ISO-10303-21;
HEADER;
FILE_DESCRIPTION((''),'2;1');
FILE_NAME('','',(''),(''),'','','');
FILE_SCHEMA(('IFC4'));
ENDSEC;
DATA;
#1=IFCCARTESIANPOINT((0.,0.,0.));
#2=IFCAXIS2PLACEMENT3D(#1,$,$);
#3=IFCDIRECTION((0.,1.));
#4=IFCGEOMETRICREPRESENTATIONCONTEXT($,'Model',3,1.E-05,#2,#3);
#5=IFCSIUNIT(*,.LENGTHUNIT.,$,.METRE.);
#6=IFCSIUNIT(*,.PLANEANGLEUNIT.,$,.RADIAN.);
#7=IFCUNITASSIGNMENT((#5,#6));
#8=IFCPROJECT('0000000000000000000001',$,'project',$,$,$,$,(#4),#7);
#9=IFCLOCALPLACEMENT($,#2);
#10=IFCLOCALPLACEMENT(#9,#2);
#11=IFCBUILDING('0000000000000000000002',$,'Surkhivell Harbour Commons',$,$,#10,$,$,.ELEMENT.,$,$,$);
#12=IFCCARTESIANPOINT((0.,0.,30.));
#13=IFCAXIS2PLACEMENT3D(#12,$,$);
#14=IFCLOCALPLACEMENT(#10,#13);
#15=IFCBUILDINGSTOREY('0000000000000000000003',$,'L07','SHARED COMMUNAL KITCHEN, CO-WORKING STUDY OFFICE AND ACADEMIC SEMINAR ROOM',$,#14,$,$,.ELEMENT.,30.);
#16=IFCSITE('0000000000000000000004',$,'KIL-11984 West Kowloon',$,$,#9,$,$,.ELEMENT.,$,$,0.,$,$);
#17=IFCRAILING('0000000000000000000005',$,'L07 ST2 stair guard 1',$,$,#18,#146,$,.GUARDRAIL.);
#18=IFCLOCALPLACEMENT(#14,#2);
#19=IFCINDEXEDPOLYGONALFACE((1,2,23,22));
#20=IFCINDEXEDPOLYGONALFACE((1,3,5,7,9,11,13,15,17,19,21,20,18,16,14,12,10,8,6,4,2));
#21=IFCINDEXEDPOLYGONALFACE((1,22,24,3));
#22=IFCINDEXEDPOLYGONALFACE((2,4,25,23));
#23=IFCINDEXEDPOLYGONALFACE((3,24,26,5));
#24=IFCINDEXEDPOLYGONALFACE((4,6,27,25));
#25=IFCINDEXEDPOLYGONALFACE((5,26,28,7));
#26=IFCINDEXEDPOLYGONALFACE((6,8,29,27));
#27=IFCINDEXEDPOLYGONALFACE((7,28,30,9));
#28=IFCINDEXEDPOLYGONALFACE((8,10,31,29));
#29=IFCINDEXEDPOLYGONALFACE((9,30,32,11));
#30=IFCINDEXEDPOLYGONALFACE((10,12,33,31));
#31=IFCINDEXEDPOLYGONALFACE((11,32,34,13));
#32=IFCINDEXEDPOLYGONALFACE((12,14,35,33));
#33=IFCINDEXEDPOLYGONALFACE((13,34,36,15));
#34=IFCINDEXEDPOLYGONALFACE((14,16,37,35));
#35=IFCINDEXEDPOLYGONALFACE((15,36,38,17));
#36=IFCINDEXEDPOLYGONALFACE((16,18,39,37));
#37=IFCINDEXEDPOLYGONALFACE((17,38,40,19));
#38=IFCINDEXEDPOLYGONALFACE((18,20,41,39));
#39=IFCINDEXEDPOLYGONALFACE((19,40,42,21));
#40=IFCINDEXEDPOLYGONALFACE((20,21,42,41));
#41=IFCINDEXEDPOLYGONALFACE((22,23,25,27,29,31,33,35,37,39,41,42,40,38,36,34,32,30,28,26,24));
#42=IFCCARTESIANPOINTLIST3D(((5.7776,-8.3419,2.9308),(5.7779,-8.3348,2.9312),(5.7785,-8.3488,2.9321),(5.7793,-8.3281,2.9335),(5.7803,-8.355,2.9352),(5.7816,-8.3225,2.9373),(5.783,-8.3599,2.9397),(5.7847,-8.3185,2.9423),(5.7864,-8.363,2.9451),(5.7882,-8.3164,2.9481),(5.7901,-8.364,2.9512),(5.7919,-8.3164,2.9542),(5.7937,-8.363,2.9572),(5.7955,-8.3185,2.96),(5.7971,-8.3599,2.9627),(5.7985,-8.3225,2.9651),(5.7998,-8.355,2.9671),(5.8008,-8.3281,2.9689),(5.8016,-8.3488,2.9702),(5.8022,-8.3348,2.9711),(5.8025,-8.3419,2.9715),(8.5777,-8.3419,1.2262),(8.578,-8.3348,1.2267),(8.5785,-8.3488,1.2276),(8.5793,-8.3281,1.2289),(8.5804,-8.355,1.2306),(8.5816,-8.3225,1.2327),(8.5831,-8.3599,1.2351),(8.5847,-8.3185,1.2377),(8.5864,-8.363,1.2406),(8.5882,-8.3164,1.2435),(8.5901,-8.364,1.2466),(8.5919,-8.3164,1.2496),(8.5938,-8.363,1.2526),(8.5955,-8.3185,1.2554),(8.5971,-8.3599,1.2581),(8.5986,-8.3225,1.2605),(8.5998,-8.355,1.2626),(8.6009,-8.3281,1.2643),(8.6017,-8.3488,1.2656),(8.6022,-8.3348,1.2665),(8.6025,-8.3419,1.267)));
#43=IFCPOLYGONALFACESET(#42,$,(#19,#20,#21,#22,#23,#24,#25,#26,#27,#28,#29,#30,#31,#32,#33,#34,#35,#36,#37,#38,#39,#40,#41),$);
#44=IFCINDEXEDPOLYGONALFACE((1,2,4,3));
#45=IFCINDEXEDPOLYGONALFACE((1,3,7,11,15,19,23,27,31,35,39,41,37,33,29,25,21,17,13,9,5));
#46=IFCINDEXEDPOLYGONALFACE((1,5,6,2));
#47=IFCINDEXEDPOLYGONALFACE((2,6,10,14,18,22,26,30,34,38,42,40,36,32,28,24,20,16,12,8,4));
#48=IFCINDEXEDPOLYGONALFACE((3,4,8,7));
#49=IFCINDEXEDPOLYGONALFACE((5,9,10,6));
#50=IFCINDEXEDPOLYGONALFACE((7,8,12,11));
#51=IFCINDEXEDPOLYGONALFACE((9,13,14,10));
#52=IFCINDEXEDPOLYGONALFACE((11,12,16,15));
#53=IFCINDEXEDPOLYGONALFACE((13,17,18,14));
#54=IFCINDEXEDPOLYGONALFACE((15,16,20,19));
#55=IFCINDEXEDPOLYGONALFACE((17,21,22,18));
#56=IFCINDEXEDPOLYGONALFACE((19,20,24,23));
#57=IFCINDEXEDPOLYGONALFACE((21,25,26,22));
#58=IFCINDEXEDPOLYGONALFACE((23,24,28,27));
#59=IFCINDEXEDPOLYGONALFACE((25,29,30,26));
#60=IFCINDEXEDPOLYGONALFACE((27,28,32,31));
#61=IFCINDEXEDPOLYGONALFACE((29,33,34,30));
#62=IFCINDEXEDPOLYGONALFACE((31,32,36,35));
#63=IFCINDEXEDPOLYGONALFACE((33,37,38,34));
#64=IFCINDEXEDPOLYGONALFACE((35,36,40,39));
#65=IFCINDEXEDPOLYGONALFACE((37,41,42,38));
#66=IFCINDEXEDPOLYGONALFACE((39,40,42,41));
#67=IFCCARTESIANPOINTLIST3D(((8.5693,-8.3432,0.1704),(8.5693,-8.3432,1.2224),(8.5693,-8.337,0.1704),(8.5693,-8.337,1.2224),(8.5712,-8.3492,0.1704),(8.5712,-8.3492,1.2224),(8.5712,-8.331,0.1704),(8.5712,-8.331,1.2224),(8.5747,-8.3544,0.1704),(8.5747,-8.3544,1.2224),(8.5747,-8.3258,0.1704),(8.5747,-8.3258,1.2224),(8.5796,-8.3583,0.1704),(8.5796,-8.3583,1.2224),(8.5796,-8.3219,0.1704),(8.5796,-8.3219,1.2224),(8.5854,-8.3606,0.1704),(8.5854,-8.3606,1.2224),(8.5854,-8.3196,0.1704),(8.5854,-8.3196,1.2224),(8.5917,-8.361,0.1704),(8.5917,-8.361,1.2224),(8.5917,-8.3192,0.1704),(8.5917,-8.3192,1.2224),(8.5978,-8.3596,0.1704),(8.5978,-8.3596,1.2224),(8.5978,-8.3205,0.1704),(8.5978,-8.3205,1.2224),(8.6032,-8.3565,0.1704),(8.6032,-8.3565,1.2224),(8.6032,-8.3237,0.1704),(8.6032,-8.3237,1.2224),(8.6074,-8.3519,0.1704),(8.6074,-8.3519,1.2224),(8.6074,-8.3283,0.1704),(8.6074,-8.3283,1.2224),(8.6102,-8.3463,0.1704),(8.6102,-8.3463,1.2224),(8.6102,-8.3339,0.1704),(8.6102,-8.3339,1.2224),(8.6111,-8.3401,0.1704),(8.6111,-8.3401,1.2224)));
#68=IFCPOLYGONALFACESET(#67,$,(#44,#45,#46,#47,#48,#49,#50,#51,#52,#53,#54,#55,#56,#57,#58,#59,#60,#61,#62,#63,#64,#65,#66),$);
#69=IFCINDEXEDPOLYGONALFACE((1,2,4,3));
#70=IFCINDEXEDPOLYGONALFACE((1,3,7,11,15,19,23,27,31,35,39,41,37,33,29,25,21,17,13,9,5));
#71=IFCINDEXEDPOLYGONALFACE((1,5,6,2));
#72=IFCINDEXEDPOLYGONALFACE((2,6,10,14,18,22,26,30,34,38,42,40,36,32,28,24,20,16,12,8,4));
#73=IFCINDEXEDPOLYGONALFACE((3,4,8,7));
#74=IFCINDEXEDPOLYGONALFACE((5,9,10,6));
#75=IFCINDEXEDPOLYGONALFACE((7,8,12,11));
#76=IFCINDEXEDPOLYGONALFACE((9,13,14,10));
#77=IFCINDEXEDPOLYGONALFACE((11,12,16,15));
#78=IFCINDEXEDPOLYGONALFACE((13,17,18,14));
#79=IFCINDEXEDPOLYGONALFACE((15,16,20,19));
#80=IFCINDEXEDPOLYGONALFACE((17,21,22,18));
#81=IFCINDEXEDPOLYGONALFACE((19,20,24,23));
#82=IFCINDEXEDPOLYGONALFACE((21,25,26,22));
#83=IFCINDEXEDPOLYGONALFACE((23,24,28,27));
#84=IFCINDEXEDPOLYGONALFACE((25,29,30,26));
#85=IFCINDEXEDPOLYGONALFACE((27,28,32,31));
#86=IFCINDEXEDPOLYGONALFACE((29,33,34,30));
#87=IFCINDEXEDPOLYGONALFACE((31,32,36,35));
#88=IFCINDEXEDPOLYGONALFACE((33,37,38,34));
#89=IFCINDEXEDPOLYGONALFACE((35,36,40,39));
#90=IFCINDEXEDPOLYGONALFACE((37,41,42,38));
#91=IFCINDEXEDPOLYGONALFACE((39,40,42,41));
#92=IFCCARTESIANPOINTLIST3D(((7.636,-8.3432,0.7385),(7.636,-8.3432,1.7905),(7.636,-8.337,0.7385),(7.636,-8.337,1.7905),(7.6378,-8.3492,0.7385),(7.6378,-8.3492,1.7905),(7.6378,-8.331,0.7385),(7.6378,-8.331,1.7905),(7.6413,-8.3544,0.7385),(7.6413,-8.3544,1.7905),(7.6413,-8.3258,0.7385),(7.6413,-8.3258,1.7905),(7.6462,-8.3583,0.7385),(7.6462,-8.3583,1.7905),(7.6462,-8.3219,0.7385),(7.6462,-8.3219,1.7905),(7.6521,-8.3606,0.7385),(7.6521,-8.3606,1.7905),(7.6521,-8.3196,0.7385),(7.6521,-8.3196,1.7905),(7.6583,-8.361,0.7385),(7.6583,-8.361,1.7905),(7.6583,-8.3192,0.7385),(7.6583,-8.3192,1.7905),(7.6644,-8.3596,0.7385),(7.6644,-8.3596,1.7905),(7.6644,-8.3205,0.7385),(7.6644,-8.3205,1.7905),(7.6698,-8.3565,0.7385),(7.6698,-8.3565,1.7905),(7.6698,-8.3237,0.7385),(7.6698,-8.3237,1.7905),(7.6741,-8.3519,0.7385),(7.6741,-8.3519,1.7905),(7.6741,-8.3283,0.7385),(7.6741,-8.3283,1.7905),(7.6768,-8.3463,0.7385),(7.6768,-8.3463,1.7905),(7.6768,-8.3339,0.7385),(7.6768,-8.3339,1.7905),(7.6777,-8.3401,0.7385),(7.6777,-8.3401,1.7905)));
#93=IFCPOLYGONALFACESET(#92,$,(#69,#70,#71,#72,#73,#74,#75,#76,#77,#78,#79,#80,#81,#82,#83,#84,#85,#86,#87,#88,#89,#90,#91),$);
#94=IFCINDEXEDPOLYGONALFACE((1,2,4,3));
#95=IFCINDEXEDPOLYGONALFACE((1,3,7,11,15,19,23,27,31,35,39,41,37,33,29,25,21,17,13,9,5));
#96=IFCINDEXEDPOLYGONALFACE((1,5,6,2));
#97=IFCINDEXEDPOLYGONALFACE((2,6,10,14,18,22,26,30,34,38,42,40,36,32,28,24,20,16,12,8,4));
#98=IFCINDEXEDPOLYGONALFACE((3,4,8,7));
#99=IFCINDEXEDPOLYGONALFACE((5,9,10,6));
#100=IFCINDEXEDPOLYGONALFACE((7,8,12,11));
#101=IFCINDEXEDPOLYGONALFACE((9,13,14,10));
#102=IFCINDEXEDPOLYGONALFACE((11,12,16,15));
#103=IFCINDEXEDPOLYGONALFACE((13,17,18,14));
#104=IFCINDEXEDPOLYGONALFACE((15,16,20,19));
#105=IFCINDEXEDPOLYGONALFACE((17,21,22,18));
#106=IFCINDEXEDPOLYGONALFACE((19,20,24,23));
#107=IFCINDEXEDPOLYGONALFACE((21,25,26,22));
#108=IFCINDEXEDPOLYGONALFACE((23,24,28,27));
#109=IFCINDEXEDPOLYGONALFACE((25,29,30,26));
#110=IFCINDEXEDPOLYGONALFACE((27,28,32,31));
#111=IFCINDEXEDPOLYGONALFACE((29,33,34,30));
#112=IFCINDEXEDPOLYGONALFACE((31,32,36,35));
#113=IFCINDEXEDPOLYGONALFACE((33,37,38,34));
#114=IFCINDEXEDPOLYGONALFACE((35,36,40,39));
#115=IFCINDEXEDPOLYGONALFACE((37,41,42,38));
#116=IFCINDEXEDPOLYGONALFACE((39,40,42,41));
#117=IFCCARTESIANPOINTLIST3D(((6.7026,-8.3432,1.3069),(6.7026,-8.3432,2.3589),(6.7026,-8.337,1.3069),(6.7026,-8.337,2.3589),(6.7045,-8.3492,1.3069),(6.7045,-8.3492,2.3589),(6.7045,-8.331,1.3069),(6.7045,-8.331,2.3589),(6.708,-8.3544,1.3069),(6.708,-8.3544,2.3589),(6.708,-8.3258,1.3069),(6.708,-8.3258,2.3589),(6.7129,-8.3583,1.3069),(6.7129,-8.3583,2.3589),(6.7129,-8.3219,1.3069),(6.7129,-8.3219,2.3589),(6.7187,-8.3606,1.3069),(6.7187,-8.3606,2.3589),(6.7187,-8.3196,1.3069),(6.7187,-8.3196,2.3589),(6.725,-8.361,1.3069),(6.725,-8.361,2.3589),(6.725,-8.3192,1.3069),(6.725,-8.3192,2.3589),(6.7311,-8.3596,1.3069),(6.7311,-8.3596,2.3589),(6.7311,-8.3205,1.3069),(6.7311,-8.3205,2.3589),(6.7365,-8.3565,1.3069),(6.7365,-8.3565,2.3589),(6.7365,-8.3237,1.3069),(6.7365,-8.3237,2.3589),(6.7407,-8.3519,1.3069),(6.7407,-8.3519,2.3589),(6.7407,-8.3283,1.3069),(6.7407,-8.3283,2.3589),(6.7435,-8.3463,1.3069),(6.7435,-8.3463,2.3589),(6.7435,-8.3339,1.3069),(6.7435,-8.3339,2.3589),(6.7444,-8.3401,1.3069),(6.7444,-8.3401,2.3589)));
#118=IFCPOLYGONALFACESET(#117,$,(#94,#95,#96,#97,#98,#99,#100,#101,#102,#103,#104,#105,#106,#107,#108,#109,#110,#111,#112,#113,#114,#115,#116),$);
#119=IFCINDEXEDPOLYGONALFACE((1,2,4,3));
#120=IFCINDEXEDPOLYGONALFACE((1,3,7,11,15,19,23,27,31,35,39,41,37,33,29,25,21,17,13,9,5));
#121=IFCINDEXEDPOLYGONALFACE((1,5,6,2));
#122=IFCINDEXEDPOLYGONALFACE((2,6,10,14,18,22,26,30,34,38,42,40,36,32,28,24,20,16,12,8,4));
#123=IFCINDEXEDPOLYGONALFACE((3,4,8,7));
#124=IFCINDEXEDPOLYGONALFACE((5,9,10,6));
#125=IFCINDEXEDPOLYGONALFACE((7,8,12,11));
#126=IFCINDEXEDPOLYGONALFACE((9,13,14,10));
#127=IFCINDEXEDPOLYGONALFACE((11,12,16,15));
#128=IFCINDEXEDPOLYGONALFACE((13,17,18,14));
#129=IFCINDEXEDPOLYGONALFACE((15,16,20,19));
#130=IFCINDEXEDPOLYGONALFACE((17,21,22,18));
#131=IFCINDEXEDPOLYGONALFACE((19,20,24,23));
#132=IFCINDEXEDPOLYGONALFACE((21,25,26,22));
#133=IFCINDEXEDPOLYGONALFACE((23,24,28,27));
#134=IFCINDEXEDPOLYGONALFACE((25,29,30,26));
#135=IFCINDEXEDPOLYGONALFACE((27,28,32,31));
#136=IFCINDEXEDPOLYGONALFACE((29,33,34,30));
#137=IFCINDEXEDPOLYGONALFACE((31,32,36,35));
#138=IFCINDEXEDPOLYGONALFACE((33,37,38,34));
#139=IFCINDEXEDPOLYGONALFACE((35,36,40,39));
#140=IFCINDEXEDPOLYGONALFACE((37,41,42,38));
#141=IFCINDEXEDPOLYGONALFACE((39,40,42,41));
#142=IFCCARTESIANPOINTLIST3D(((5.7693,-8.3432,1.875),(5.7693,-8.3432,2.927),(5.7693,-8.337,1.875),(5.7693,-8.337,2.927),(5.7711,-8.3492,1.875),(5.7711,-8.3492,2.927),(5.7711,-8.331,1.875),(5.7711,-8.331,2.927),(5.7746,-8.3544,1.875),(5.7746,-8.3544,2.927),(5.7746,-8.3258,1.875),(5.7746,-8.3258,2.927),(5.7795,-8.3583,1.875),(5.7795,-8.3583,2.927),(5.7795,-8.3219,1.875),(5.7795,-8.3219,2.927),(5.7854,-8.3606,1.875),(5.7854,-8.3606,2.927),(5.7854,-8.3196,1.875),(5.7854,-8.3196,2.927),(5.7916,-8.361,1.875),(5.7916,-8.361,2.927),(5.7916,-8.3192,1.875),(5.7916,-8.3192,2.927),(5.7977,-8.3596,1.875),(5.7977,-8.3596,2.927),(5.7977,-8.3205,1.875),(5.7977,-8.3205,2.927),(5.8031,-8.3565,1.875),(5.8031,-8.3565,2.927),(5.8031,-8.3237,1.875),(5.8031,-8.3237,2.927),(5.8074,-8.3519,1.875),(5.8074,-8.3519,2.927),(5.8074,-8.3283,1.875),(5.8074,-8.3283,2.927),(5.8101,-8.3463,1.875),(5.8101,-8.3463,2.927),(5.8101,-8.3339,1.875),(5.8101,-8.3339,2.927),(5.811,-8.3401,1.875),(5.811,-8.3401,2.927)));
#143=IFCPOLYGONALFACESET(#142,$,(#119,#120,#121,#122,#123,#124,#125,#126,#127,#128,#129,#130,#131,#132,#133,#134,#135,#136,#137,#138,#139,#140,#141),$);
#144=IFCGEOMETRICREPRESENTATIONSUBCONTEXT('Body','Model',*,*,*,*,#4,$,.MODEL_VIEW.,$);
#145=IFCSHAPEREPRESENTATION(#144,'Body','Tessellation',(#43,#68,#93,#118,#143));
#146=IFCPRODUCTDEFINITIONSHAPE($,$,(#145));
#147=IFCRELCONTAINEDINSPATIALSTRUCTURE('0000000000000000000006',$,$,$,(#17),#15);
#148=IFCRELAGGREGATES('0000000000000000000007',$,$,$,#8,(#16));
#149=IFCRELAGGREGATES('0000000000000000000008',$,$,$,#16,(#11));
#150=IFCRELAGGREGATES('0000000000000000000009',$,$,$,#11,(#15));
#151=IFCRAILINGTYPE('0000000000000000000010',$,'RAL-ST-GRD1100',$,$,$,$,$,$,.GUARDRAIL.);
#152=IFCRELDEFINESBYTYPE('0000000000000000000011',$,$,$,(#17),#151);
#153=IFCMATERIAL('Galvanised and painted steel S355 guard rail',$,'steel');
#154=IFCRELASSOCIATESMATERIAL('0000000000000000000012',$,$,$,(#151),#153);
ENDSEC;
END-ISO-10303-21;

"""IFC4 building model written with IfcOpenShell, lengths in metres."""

from ifc_helpers import new_model, si_unit, direction, frame, origin, origin_2d, place, context, subcontext, project, spatial, circle, extrude, material, type_object, element, save


model = new_model("IFC4")

# Units and contexts
model_context = context("Model", 3, precision=1e-05, world=origin(), true_north=direction((0.0, 1.0)))
body_context = subcontext(model_context, "Body", "Model", "MODEL_VIEW")
ifc_project = project(units=[si_unit("LENGTHUNIT", "METRE"), si_unit("PLANEANGLEUNIT", "RADIAN")], contexts=[model_context])

# Site, building, storey
site_placement = place(None, origin())
site = spatial("IfcSite", under=ifc_project, at=site_placement, Name="KIL-11984 West Kowloon", CompositionType="ELEMENT", RefElevation=0.0)
building_placement = place(site_placement, origin())
building = spatial("IfcBuilding", under=site, at=building_placement, Name="Surkhivell Harbour Commons", CompositionType="ELEMENT")
storey_placement = place(building_placement, frame((0.0, 0.0, 30.0)))
storey = spatial("IfcBuildingStorey", under=building, at=storey_placement, Name="L07", Description="SHARED COMMUNAL KITCHEN, CO-WORKING STUDY OFFICE AND ACADEMIC SEMINAR ROOM", CompositionType="ELEMENT", Elevation=30.0)

# Railing
ifc_material_1 = material(Name="Galvanised and painted steel S355 guard rail", Category="steel")
railing_type_1 = type_object("IfcRailingType", Name="RAL-ST-GRD1100", PredefinedType="GUARDRAIL", material=ifc_material_1)
railing_1_placement = place(storey_placement, frame((8.5901, -8.3401, 0.1704)))
element("IfcRailing", 1, at=railing_1_placement, inside=storey, type_object=railing_type_1, Name="L07 ST2 stair guard 1", PredefinedType="GUARDRAIL", context=body_context, shape_type="SweptSolid", body=[
    extrude(circle(Radius=0.0239, at=origin_2d()), frame((0.0, 0.0, 1.0762), z_axis=(-0.85417, 0.0, 0.519994), x_axis=(0.0, -1.0, 0.0)), (0.0, 0.0, 1.0), 3.2781),
    extrude(circle(Radius=0.021, at=origin_2d()), origin(), (0.0, 0.0, 1.0), 1.052),
    extrude(circle(Radius=0.021, at=origin_2d()), frame((-0.9333, 0.0, 0.5681)), (0.0, 0.0, 1.0), 1.052),
    extrude(circle(Radius=0.021, at=origin_2d()), frame((-1.8667, 0.0, 1.1365)), (0.0, 0.0, 1.0), 1.052),
    extrude(circle(Radius=0.021, at=origin_2d()), frame((-2.8, 0.0, 1.7046)), (0.0, 0.0, 1.0), 1.052),
])

save(model, "model.ifc")
